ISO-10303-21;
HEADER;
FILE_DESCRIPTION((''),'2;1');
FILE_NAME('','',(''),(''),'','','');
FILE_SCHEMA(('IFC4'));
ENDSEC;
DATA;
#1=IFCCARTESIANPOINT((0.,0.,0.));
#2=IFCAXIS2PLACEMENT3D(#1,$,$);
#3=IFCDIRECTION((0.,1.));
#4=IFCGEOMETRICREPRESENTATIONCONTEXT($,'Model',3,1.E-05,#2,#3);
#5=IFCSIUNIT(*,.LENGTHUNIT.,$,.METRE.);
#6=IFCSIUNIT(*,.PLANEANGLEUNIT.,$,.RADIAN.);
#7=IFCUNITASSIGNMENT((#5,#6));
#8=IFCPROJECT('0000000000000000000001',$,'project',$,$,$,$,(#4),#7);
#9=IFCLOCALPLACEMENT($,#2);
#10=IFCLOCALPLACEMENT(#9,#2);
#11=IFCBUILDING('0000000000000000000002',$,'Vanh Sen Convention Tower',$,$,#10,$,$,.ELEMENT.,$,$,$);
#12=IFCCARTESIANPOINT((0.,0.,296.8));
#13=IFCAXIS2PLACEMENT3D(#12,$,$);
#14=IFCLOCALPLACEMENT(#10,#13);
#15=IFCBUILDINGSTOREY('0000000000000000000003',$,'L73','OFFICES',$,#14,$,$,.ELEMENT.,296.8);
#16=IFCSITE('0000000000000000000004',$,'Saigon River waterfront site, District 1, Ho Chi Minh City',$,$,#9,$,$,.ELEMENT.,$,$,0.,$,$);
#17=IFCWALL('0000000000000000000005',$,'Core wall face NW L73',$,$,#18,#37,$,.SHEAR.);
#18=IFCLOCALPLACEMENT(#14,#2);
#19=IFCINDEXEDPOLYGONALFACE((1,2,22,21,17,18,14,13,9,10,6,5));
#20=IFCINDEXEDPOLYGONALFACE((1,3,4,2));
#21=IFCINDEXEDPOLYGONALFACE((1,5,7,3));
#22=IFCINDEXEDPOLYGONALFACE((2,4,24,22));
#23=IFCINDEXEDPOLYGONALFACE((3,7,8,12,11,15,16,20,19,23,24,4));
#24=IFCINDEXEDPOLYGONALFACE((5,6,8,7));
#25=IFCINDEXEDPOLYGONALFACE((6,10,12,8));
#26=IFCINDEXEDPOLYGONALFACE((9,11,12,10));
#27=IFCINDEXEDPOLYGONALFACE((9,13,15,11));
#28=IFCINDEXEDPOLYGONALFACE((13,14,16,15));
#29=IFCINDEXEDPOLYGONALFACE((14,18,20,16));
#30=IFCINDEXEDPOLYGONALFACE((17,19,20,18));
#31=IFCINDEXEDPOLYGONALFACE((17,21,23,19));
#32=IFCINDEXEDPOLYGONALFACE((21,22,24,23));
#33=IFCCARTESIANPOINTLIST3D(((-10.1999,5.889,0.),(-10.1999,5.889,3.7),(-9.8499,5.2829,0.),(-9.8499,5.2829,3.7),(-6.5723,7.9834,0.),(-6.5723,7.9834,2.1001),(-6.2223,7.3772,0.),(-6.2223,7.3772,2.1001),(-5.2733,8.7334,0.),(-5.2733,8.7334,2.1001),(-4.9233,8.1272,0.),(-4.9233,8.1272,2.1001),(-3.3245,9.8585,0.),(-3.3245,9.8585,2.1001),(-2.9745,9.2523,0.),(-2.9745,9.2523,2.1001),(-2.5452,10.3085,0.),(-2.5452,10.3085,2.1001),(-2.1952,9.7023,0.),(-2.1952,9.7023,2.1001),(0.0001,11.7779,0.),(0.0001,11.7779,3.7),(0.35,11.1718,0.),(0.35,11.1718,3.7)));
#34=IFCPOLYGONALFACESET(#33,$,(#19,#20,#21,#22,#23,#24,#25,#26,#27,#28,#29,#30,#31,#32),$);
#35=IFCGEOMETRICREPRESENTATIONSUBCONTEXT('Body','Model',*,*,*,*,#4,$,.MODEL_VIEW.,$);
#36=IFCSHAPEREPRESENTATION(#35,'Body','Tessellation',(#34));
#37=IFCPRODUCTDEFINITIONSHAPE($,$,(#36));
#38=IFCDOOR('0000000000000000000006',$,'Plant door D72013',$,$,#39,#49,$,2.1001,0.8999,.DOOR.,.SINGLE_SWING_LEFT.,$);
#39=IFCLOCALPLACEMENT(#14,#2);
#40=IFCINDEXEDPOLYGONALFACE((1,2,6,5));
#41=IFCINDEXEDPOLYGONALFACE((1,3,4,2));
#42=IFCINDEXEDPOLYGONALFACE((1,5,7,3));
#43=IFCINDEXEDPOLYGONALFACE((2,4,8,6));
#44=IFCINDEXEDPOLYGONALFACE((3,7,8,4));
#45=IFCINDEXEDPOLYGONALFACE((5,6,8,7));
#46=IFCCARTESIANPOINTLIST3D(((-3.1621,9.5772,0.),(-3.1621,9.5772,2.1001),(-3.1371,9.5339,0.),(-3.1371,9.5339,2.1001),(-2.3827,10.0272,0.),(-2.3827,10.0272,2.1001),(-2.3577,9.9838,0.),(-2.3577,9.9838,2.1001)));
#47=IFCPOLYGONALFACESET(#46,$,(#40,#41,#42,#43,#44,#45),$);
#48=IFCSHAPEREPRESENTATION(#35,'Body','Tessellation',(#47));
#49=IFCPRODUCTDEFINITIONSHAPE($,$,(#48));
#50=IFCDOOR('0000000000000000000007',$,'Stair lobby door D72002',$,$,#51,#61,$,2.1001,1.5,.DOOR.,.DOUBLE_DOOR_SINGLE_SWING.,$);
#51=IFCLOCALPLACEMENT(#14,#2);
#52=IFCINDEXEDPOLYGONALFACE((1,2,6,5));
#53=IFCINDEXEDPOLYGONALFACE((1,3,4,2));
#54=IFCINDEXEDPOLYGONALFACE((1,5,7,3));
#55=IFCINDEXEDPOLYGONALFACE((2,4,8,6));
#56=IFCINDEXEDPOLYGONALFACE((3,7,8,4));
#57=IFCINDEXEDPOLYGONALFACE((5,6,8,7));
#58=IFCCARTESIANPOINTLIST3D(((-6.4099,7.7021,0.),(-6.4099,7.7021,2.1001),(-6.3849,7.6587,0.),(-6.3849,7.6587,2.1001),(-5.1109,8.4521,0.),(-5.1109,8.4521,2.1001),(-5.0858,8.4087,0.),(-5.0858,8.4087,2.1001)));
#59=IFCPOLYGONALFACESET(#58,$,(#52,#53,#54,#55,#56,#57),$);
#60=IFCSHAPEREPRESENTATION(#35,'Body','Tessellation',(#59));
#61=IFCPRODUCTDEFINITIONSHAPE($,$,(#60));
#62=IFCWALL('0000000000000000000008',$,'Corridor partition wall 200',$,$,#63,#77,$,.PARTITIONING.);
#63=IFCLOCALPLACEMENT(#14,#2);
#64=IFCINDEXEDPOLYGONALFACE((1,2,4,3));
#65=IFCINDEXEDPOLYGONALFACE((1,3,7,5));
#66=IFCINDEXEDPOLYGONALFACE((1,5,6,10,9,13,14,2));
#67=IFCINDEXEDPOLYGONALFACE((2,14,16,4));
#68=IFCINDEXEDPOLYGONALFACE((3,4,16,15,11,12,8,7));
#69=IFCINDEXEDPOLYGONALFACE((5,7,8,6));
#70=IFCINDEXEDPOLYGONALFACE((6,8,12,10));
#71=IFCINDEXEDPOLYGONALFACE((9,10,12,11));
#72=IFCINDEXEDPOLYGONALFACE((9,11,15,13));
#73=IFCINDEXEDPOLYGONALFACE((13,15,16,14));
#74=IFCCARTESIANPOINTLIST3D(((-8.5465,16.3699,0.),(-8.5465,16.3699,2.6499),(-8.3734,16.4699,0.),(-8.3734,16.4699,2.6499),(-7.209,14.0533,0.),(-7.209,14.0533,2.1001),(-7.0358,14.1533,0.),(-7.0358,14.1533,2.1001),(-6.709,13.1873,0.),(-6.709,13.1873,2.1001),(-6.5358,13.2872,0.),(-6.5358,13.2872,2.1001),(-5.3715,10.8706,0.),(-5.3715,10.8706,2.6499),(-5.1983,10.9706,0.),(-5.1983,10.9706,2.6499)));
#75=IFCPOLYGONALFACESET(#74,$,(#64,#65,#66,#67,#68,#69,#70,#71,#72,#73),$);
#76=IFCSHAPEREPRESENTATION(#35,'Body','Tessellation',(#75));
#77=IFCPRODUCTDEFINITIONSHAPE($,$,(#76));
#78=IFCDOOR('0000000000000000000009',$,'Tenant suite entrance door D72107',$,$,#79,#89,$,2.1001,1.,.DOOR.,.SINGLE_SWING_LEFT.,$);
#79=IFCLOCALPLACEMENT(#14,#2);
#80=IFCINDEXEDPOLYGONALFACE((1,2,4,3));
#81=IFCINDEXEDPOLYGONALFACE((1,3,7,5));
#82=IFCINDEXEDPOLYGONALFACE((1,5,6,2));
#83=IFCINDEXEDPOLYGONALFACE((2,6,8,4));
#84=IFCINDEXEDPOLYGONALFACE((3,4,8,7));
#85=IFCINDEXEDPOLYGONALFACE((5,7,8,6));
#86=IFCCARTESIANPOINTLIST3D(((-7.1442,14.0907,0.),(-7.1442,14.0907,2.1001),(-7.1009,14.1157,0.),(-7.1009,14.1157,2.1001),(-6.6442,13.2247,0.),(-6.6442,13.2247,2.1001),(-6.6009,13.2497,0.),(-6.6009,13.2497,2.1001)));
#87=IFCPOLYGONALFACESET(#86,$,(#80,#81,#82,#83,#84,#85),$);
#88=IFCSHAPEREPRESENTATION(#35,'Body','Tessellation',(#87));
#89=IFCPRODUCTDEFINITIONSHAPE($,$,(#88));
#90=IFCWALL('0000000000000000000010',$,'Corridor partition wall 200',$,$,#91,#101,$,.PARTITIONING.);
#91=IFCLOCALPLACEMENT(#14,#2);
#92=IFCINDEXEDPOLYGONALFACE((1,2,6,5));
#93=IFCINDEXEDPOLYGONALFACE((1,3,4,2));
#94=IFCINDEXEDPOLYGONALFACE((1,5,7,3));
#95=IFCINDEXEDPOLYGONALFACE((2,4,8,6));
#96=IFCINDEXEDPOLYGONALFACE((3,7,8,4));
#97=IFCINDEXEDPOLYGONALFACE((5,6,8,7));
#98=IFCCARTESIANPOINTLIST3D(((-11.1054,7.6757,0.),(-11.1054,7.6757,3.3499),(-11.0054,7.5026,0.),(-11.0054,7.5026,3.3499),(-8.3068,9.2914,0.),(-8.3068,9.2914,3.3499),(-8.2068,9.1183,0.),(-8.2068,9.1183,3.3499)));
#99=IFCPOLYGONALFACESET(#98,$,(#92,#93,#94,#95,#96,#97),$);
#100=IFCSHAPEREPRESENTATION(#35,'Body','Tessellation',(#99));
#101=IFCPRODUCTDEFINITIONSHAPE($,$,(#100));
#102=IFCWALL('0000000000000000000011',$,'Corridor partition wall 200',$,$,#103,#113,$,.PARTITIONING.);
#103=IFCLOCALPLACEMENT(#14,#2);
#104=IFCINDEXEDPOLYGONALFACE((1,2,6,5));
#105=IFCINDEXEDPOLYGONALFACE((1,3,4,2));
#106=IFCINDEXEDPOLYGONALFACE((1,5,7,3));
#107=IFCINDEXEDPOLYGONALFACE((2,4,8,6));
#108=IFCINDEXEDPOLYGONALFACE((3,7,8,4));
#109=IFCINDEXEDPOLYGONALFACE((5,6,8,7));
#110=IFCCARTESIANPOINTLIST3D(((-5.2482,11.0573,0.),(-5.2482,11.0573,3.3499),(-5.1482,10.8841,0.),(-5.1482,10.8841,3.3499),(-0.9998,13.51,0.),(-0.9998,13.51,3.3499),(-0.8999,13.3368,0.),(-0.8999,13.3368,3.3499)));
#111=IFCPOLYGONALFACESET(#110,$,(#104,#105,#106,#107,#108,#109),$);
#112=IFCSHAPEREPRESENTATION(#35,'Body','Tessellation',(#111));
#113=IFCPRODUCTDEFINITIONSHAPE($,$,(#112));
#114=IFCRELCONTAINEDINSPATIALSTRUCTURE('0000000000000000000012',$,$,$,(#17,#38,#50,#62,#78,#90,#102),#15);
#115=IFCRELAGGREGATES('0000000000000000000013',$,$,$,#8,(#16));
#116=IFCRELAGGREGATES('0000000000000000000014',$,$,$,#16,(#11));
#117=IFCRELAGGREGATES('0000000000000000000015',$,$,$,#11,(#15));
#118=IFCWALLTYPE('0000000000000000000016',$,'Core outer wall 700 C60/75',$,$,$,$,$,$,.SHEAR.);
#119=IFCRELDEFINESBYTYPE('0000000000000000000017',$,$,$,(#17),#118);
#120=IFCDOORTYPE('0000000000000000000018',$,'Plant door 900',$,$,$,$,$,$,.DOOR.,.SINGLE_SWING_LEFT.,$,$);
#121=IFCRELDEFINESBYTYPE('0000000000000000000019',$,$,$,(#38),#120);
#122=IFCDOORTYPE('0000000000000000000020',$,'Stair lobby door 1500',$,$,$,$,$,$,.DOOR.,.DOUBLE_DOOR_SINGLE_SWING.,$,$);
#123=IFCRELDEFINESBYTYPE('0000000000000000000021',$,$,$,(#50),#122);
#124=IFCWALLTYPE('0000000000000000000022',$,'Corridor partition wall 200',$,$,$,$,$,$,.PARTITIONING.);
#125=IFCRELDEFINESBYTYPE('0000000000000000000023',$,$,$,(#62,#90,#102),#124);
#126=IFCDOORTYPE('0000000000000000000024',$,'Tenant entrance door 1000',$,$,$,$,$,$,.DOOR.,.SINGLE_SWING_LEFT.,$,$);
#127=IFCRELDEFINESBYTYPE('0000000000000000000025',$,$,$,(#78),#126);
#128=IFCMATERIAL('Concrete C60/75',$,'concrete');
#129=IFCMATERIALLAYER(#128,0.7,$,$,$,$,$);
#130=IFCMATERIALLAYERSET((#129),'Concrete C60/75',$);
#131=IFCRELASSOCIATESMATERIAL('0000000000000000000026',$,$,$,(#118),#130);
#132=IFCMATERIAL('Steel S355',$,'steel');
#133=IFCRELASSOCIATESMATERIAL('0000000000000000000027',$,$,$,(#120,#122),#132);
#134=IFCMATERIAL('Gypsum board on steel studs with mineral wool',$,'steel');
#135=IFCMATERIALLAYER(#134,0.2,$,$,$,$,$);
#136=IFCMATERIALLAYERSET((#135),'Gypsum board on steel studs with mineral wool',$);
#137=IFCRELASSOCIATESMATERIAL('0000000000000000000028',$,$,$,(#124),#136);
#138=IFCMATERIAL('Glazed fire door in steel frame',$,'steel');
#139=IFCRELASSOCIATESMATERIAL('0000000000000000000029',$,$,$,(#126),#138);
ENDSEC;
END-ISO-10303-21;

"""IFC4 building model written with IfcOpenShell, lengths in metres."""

from ifc_helpers import new_model, si_unit, direction, frame, frame_2d, origin, place, context, subcontext, project, spatial, rectangle, extrude, material, layer, layer_set, type_object, element, fill, save


model = new_model("IFC4")

# Units and contexts
model_context = context("Model", 3, precision=1e-05, world=origin(), true_north=direction((0.0, 1.0)))
body_context = subcontext(model_context, "Body", "Model", "MODEL_VIEW")
ifc_project = project(units=[si_unit("LENGTHUNIT", "METRE"), si_unit("PLANEANGLEUNIT", "RADIAN")], contexts=[model_context])

# Site, building, storey
site_placement = place(None, origin())
site = spatial("IfcSite", under=ifc_project, at=site_placement, Name="Saigon River waterfront site, District 1, Ho Chi Minh City", CompositionType="ELEMENT", RefElevation=0.0)
building_placement = place(site_placement, origin())
building = spatial("IfcBuilding", under=site, at=building_placement, Name="Vanh Sen Convention Tower", CompositionType="ELEMENT")
storey_placement = place(building_placement, frame((0.0, 0.0, 296.8)))
storey = spatial("IfcBuildingStorey", under=building, at=storey_placement, Name="L73", Description="OFFICES", CompositionType="ELEMENT", Elevation=296.8)

# Shared definitions
ifc_material_1 = material(Name="Concrete C60/75", Category="concrete")

# Wall, openings, doors
ifc_layer_1 = layer(ifc_material_1, 0.7)
ifc_layer_set_1 = layer_set([ifc_layer_1], Name="Concrete C60/75")
wall_type_1 = type_object("IfcWallType", Name="Core outer wall 700 C60/75", PredefinedType="SHEAR", material=ifc_layer_set_1)
wall_1_placement = place(storey_placement, frame((0.175, 11.4749, 0.0), z_axis=(0.0, 0.0, 1.0), x_axis=(-0.866026, -0.499998, 0.0)))
wall_1 = element("IfcWall", 1, at=wall_1_placement, inside=storey, type_object=wall_type_1, Name="Core wall face NW L73", PredefinedType="SHEAR", context=body_context, shape_type="SweptSolid", body=[
    extrude(rectangle(XDim=11.7778, YDim=0.7, at=frame_2d((5.8889, 0.0))), origin(), (0.0, 0.0, 1.0), 3.7),
])
opening_1_placement = place(wall_1_placement, frame((6.0891, 0.0, 0.0)))
opening_1 = element("IfcOpeningElement", 2, at=opening_1_placement, cuts=wall_1, PredefinedType="OPENING", context=body_context, shape_type="SweptSolid", body=[
    extrude(rectangle(XDim=1.5, YDim=2.1001, at=frame_2d((0.75, 1.05))), frame((0.0, 0.3599, 0.0), z_axis=(0.0, -1.0, 0.0), x_axis=(1.0, 0.0, 0.0)), (0.0, 0.0, 1.0), 0.72),
])
opening_2_placement = place(wall_1_placement, frame((2.939, 0.0, 0.0)))
opening_2 = element("IfcOpeningElement", 3, at=opening_2_placement, cuts=wall_1, PredefinedType="OPENING", context=body_context, shape_type="SweptSolid", body=[
    extrude(rectangle(XDim=0.8999, YDim=2.1001, at=frame_2d((0.45, 1.05))), frame((0.0, 0.3599, 0.0), z_axis=(0.0, -1.0, 0.0), x_axis=(1.0, 0.0, 0.0)), (0.0, 0.0, 1.0), 0.72),
])
ifc_material_2 = material(Name="Steel S355", Category="steel")
door_type_1 = type_object("IfcDoorType", Name="Plant door 900", OperationType="SINGLE_SWING_LEFT", PredefinedType="DOOR", material=ifc_material_2)
door_1_placement = place(opening_2_placement, origin())
door_1 = element("IfcDoor", 4, at=door_1_placement, inside=storey, type_object=door_type_1, Name="Plant door D72013", OperationType="SINGLE_SWING_LEFT", OverallHeight=2.1001, OverallWidth=0.8999, PredefinedType="DOOR", context=body_context, shape_type="SweptSolid", body=[
    extrude(rectangle(XDim=0.8999, YDim=2.1001, at=frame_2d((0.45, 1.05))), frame((0.0, 0.0249, 0.0), z_axis=(0.0, -1.0, 0.0), x_axis=(1.0, 0.0, 0.0)), (0.0, 0.0, 1.0), 0.05),
])
fill(opening_2, door_1)
door_type_2 = type_object("IfcDoorType", Name="Stair lobby door 1500", OperationType="DOUBLE_DOOR_SINGLE_SWING", PredefinedType="DOOR", material=ifc_material_2)
door_2_placement = place(opening_1_placement, origin())
door_2 = element("IfcDoor", 5, at=door_2_placement, inside=storey, type_object=door_type_2, Name="Stair lobby door D72002", OperationType="DOUBLE_DOOR_SINGLE_SWING", OverallHeight=2.1001, OverallWidth=1.5, PredefinedType="DOOR", context=body_context, shape_type="SweptSolid", body=[
    extrude(rectangle(XDim=1.5, YDim=2.1001, at=frame_2d((0.75, 1.05))), frame((0.0, 0.0249, 0.0), z_axis=(0.0, -1.0, 0.0), x_axis=(1.0, 0.0, 0.0)), (0.0, 0.0, 1.0), 0.05),
])
fill(opening_1, door_2)

# Wall, opening, door
ifc_material_3 = material(Name="Gypsum board on steel studs with mineral wool", Category="steel")
ifc_layer_2 = layer(ifc_material_3, 0.2)
ifc_layer_set_2 = layer_set([ifc_layer_2], Name="Gypsum board on steel studs with mineral wool")
wall_type_2 = type_object("IfcWallType", Name="Corridor partition wall 200", PredefinedType="PARTITIONING", material=ifc_layer_set_2)
wall_2_placement = place(storey_placement, frame((-8.46, 16.4199, 0.0), z_axis=(0.0, 0.0, 1.0), x_axis=(0.500005, -0.866022, 0.0)))
wall_2 = element("IfcWall", 6, at=wall_2_placement, inside=storey, type_object=wall_type_2, Name="Corridor partition wall 200", PredefinedType="PARTITIONING", context=body_context, shape_type="SweptSolid", body=[
    extrude(rectangle(XDim=6.3501, YDim=0.2, at=frame_2d((3.175, 0.0))), origin(), (0.0, 0.0, 1.0), 2.6499),
])
opening_3_placement = place(wall_2_placement, frame((2.675, 0.0, 0.0)))
opening_3 = element("IfcOpeningElement", 7, at=opening_3_placement, cuts=wall_2, PredefinedType="OPENING", context=body_context, shape_type="SweptSolid", body=[
    extrude(rectangle(XDim=1.0, YDim=2.1001, at=frame_2d((0.5, 1.05))), frame((0.0, 0.1099, 0.0), z_axis=(0.0, -1.0, 0.0), x_axis=(1.0, 0.0, 0.0)), (0.0, 0.0, 1.0), 0.22),
])
ifc_material_4 = material(Name="Glazed fire door in steel frame", Category="steel")
door_type_3 = type_object("IfcDoorType", Name="Tenant entrance door 1000", OperationType="SINGLE_SWING_LEFT", PredefinedType="DOOR", material=ifc_material_4)
door_3_placement = place(opening_3_placement, origin())
door_3 = element("IfcDoor", 8, at=door_3_placement, inside=storey, type_object=door_type_3, Name="Tenant suite entrance door D72107", OperationType="SINGLE_SWING_LEFT", OverallHeight=2.1001, OverallWidth=1.0, PredefinedType="DOOR", context=body_context, shape_type="SweptSolid", body=[
    extrude(rectangle(XDim=1.0, YDim=2.1001, at=frame_2d((0.5, 1.05))), frame((0.0, 0.0249, 0.0), z_axis=(0.0, -1.0, 0.0), x_axis=(1.0, 0.0, 0.0)), (0.0, 0.0, 1.0), 0.05),
])
fill(opening_3, door_3)

# Walls
wall_3_placement = place(storey_placement, frame((-8.2568, 9.2048, 0.0), z_axis=(0.0, 0.0, 1.0), x_axis=(-0.866031, -0.499991, 0.0)))
element("IfcWall", 9, at=wall_3_placement, inside=storey, type_object=wall_type_2, Name="Corridor partition wall 200", PredefinedType="PARTITIONING", context=body_context, shape_type="SweptSolid", body=[
    extrude(rectangle(XDim=3.2314, YDim=0.2, at=frame_2d((1.6157, 0.0))), origin(), (0.0, 0.0, 1.0), 3.3499),
])
wall_4_placement = place(storey_placement, frame((-0.95, 13.4233, 0.0), z_axis=(0.0, 0.0, 1.0), x_axis=(-0.866036, -0.499982, 0.0)))
element("IfcWall", 10, at=wall_4_placement, inside=storey, type_object=wall_type_2, Name="Corridor partition wall 200", PredefinedType="PARTITIONING", context=body_context, shape_type="SweptSolid", body=[
    extrude(rectangle(XDim=4.9055, YDim=0.2, at=frame_2d((2.4526, 0.0))), origin(), (0.0, 0.0, 1.0), 3.3499),
])

save(model, "model.ifc")
